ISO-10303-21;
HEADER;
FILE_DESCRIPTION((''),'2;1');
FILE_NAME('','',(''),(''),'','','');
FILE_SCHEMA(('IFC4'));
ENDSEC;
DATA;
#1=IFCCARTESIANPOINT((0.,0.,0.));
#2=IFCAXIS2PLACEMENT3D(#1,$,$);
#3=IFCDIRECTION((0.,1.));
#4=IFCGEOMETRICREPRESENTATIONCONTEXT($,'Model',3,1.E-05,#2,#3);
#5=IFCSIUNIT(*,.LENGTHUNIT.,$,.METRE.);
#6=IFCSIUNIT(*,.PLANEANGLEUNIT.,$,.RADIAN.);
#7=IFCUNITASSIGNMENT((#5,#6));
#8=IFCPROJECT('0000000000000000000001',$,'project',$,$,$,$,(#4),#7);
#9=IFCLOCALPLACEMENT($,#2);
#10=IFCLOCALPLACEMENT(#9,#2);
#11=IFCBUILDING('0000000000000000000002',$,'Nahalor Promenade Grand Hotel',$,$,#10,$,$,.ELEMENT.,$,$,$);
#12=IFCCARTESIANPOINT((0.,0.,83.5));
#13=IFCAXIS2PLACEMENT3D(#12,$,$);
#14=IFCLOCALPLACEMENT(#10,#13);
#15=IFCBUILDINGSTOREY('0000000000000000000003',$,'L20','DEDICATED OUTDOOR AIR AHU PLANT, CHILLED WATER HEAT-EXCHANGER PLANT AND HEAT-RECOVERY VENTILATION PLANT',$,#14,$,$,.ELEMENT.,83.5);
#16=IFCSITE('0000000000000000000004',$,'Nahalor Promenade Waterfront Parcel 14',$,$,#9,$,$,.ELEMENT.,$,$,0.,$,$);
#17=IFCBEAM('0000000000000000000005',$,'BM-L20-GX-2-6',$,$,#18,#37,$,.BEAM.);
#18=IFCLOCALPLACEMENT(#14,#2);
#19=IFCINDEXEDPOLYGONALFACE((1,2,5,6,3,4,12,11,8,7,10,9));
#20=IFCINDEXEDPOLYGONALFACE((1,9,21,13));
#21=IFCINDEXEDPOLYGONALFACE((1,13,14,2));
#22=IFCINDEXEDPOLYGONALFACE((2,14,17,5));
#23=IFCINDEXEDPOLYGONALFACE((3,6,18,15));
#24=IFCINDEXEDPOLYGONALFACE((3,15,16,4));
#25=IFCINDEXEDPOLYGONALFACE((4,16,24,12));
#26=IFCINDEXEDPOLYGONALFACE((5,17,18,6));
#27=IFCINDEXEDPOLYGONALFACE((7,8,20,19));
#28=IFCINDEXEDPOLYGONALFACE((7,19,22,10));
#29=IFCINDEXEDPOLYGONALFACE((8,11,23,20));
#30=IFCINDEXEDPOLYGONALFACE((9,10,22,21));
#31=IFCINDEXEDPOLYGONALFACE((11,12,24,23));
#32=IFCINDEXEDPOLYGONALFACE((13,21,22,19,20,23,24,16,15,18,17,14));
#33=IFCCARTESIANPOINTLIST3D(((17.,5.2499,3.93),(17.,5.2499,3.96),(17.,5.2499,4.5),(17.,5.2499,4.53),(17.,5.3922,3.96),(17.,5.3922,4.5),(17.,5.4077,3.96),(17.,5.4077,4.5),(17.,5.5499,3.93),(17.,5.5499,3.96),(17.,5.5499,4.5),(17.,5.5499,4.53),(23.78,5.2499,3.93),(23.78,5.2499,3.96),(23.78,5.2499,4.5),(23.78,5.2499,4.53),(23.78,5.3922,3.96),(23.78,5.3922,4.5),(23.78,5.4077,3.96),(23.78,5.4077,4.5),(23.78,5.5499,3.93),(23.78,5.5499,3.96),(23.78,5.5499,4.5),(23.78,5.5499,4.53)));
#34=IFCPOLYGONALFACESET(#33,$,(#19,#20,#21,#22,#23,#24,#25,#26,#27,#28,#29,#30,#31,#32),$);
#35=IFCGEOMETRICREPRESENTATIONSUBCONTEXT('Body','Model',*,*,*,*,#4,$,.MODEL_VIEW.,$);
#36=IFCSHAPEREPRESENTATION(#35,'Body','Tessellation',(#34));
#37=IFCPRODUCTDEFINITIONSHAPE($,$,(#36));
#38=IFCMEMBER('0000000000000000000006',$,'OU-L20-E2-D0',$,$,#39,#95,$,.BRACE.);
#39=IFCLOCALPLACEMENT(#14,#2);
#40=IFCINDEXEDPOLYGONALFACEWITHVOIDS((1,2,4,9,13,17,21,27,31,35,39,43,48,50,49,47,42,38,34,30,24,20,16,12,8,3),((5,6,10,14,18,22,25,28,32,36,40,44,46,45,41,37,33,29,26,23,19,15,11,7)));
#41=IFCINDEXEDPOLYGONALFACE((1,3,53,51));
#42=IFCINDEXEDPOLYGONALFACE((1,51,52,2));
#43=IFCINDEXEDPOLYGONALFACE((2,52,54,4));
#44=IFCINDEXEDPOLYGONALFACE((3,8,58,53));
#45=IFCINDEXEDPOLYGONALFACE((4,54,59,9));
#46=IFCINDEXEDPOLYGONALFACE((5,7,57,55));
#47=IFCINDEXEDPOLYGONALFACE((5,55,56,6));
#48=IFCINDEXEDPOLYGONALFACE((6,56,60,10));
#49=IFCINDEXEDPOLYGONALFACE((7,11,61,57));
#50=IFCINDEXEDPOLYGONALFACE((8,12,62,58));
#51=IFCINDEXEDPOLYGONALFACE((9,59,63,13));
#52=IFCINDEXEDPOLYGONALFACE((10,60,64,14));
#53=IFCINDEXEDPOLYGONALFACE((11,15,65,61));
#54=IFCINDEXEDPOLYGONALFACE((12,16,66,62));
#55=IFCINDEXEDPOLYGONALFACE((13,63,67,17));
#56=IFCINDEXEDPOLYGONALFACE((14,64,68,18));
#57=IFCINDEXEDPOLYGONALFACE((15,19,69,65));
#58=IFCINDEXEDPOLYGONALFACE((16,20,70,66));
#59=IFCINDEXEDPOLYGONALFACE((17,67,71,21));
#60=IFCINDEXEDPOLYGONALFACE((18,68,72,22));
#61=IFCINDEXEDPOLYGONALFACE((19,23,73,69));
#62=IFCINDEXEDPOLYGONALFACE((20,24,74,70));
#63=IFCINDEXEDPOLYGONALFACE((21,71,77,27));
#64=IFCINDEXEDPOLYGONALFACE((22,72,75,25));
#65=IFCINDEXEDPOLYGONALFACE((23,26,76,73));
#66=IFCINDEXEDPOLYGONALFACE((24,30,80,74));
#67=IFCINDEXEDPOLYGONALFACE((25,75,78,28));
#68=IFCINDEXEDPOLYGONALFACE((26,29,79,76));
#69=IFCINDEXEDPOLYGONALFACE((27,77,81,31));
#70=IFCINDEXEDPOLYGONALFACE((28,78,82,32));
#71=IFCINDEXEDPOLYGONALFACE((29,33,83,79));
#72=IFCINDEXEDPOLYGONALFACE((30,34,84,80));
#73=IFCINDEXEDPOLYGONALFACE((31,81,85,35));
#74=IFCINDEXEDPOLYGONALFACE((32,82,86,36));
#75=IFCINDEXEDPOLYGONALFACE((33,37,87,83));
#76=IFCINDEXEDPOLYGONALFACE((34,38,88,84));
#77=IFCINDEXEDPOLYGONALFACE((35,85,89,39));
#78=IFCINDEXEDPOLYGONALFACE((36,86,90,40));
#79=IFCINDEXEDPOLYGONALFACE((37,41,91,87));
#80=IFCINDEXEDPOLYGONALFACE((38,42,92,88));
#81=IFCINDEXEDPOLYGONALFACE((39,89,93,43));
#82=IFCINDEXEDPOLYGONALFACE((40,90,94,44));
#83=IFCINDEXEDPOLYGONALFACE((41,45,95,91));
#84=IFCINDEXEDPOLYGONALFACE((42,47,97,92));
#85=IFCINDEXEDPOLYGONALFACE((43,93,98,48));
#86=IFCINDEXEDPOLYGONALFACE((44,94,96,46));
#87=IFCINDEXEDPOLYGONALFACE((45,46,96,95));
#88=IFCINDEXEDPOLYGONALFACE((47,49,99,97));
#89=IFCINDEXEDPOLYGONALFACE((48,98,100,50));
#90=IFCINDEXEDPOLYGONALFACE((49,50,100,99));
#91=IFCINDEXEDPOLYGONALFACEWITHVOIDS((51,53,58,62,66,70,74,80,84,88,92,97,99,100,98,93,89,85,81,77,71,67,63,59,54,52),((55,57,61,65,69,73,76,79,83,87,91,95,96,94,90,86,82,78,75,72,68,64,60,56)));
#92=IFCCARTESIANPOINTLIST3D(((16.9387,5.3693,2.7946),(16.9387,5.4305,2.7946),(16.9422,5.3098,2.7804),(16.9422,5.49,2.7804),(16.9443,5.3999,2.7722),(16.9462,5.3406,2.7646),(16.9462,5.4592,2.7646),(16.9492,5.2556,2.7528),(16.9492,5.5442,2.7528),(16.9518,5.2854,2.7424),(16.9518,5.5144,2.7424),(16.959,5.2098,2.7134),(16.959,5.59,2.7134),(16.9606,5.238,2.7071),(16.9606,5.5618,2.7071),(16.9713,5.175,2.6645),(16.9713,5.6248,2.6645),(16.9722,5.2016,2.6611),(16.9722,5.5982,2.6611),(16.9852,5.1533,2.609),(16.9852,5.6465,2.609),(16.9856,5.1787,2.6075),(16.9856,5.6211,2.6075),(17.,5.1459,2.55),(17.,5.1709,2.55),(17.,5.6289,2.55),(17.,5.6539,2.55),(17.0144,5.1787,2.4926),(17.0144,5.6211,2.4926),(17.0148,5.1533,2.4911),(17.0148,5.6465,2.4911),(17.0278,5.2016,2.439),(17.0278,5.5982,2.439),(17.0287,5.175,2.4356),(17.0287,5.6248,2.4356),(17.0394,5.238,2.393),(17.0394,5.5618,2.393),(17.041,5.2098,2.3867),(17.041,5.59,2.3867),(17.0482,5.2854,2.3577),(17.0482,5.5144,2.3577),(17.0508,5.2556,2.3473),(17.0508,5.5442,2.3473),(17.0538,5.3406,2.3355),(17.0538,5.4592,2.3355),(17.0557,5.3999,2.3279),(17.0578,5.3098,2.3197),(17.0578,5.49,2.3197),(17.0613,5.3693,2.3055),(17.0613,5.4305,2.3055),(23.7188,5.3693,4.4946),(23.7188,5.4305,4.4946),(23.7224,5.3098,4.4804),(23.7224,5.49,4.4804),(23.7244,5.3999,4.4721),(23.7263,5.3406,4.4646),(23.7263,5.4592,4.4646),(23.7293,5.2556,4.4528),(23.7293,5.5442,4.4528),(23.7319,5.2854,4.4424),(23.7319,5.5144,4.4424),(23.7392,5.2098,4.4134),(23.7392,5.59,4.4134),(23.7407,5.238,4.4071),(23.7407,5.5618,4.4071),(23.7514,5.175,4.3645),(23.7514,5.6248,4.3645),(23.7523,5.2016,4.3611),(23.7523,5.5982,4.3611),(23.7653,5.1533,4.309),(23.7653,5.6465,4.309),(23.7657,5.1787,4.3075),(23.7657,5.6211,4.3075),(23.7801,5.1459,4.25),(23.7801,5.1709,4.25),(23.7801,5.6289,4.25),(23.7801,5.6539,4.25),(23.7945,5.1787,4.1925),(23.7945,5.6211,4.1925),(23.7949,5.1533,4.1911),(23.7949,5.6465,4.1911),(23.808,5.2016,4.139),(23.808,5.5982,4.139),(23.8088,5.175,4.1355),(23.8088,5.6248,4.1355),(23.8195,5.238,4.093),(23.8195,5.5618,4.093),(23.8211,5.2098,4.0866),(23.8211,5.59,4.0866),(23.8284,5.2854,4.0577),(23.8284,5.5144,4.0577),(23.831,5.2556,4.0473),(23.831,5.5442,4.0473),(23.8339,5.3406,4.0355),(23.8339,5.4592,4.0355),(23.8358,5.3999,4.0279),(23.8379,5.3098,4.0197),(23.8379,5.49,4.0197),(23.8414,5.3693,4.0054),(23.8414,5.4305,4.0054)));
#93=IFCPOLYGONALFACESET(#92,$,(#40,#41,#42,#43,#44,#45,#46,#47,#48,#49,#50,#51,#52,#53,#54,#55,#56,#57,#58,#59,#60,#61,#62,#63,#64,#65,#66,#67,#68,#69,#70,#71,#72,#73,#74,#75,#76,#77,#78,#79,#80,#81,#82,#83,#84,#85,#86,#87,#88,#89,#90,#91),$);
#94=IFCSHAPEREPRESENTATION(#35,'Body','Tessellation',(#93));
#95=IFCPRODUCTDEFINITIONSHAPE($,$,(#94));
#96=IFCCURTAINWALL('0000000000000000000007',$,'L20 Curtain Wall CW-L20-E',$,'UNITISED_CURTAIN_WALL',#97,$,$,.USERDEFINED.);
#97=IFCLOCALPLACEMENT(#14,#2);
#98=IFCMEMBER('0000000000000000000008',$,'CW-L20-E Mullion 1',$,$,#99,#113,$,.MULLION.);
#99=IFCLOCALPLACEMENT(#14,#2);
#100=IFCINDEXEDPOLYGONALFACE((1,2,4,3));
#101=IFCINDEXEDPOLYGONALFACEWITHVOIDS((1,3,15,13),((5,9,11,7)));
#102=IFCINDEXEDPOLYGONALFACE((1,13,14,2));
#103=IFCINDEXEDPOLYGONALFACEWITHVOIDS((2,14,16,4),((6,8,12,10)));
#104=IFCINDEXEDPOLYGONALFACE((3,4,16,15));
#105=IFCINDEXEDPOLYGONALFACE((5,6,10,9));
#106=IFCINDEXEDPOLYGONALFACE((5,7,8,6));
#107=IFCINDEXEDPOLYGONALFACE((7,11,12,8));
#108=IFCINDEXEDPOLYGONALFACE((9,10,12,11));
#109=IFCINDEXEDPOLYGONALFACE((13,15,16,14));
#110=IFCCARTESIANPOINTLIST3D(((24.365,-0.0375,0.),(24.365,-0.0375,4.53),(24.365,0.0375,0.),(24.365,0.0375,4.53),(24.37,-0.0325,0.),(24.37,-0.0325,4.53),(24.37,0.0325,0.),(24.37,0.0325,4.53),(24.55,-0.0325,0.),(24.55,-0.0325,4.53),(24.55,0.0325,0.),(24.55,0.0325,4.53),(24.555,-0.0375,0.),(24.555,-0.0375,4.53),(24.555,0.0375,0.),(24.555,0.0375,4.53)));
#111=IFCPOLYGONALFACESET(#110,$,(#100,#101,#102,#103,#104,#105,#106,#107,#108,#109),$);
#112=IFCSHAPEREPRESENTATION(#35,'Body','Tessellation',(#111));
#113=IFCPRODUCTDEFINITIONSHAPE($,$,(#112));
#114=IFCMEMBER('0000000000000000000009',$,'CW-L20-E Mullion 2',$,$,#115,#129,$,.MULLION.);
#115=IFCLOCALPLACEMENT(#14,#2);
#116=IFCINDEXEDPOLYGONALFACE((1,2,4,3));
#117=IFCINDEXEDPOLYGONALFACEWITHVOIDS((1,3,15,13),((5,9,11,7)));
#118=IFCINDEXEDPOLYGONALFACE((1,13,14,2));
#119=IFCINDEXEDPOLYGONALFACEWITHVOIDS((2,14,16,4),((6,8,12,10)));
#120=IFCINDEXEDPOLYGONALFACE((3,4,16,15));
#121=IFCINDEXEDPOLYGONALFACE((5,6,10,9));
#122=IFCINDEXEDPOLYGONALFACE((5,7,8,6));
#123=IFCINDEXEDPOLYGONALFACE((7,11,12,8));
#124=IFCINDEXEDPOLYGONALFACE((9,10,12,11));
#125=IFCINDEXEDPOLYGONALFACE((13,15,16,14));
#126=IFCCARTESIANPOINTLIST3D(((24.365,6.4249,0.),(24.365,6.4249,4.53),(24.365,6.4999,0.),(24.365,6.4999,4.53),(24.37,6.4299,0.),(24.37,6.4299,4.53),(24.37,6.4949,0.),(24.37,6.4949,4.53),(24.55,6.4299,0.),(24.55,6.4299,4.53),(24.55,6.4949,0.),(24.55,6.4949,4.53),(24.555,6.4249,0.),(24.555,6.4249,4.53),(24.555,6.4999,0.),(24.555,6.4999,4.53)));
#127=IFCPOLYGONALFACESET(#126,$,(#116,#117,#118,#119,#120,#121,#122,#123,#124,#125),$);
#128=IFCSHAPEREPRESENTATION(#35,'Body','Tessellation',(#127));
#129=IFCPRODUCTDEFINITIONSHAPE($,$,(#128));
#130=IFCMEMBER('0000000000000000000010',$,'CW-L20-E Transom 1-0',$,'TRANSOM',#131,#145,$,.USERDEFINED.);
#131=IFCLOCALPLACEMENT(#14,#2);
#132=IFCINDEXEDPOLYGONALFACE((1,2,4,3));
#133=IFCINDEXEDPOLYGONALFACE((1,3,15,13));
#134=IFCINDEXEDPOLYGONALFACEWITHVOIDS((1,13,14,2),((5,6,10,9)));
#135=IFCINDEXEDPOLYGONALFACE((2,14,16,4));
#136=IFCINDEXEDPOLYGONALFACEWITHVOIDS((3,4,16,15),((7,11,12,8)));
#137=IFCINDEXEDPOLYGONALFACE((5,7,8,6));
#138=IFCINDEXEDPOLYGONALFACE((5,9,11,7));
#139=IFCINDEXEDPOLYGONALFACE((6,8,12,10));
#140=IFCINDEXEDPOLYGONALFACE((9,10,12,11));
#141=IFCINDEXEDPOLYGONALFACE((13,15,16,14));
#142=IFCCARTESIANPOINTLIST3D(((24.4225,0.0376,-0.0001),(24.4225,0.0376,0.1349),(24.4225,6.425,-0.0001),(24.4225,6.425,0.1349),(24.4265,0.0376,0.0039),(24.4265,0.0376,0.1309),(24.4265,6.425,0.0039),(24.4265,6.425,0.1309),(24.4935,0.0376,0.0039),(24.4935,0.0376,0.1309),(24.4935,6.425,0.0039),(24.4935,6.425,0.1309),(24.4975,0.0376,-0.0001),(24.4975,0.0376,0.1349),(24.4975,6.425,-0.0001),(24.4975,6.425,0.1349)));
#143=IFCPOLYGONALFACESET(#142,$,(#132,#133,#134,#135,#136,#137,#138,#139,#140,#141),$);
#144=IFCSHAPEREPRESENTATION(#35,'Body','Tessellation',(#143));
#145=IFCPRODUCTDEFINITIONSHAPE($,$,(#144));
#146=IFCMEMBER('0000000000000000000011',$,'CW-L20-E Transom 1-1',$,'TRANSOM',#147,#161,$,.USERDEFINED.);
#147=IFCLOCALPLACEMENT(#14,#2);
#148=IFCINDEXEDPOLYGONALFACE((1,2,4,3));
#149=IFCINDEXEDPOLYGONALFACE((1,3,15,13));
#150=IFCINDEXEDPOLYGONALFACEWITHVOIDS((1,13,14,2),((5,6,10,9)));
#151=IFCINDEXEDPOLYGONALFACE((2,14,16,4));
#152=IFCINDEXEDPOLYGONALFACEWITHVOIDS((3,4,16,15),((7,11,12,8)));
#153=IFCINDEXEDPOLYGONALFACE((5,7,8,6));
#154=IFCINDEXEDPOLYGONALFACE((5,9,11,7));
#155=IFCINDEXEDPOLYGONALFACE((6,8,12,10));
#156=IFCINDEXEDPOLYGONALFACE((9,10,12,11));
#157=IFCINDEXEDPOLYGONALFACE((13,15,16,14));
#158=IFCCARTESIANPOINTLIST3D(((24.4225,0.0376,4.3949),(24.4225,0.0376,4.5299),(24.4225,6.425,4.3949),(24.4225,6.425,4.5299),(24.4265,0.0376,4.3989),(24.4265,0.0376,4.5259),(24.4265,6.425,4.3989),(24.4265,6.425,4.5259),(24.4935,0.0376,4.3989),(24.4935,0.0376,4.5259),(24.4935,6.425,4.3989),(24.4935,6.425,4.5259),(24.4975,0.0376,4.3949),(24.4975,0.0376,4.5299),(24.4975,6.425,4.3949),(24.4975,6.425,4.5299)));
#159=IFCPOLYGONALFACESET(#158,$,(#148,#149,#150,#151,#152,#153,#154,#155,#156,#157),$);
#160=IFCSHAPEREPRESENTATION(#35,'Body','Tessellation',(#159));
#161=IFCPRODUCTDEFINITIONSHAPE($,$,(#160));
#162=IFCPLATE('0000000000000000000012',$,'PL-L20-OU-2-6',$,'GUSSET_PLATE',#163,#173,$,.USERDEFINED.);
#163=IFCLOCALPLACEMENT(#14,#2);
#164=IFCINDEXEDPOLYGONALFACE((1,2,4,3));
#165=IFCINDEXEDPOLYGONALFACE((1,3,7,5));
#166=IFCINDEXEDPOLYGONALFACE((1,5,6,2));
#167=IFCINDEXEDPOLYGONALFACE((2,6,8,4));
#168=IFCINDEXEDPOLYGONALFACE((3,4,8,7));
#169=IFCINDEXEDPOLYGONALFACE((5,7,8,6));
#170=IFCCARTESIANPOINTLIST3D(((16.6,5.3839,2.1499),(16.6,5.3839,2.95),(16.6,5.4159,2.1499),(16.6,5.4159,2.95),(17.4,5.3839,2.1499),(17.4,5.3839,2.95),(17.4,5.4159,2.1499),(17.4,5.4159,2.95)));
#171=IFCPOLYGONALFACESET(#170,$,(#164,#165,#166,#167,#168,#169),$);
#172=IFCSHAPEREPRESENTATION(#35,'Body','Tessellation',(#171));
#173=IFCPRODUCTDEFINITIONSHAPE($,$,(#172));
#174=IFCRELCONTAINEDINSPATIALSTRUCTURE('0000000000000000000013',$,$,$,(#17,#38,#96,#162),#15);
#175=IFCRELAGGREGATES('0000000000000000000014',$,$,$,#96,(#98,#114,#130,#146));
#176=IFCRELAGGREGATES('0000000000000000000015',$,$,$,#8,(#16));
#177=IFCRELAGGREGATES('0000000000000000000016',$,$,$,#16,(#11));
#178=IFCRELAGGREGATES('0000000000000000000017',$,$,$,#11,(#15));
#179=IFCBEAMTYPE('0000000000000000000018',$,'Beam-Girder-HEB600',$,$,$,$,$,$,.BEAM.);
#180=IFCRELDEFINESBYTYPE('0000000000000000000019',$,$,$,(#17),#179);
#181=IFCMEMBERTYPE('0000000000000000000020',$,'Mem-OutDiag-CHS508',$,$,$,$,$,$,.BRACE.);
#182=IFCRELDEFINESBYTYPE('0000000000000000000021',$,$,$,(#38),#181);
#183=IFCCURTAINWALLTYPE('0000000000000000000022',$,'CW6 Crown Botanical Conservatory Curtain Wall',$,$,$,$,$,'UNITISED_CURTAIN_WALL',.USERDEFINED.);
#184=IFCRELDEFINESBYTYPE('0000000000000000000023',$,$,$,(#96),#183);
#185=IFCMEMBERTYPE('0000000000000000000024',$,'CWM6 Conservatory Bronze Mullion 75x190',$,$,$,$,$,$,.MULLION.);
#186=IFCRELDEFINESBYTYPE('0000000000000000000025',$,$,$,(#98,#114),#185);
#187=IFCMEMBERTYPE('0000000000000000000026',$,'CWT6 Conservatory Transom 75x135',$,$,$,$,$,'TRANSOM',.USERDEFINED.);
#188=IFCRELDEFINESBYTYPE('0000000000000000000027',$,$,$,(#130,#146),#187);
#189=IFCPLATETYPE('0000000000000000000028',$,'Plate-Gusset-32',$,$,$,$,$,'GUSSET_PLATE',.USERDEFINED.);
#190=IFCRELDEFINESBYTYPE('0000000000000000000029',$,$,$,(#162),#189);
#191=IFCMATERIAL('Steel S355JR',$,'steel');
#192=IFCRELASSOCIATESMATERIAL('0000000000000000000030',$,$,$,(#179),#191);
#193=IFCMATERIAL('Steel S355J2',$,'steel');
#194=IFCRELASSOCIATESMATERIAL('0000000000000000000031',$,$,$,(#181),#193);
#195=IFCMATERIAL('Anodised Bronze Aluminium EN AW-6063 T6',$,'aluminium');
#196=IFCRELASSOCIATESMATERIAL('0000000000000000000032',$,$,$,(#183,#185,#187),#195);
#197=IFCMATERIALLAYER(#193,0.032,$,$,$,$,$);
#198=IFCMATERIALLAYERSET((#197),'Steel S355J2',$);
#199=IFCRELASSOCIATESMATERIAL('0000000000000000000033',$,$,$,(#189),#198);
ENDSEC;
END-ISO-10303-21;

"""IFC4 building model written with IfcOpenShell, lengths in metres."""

from ifc_helpers import new_model, si_unit, direction, frame, origin, origin_2d, place, context, subcontext, project, spatial, rectangle, hollow_rectangle, hollow_circle, i_section, extrude, source, transform, mapped, material, layer, layer_set, material_profile, profile_set, type_object, element, aggregate, save


model = new_model("IFC4")

# Units and contexts
model_context = context("Model", 3, precision=1e-05, world=origin(), true_north=direction((0.0, 1.0)))
body_context = subcontext(model_context, "Body", "Model", "MODEL_VIEW")
ifc_project = project(units=[si_unit("LENGTHUNIT", "METRE"), si_unit("PLANEANGLEUNIT", "RADIAN")], contexts=[model_context])

# Site, building, storey
site_placement = place(None, origin())
site = spatial("IfcSite", under=ifc_project, at=site_placement, Name="Nahalor Promenade Waterfront Parcel 14", CompositionType="ELEMENT", RefElevation=0.0)
building_placement = place(site_placement, origin())
building = spatial("IfcBuilding", under=site, at=building_placement, Name="Nahalor Promenade Grand Hotel", CompositionType="ELEMENT")
storey_placement = place(building_placement, frame((0.0, 0.0, 83.5)))
storey = spatial("IfcBuildingStorey", under=building, at=storey_placement, Name="L20", Description="DEDICATED OUTDOOR AIR AHU PLANT, CHILLED WATER HEAT-EXCHANGER PLANT AND HEAT-RECOVERY VENTILATION PLANT", CompositionType="ELEMENT", Elevation=83.5)

# Shared definitions
ifc_material_1 = material(Name="Steel S355J2", Category="steel")

# Beam
ifc_material_2 = material(Name="Steel S355JR", Category="steel")
ifc_material_profile_1 = material_profile(ifc_material_2, i_section(OverallWidth=0.3, OverallDepth=0.6, WebThickness=0.0155, FlangeThickness=0.03, at=origin_2d()), Name="HEB 600")
ifc_profile_set_1 = profile_set([ifc_material_profile_1], Name="Steel S355JR")
beam_type_1 = type_object("IfcBeamType", Name="Beam-Girder-HEB600", PredefinedType="BEAM", material=ifc_profile_set_1)
shared_shape_1 = source(origin(), body_context, "Body", "SweptSolid", [
    extrude(i_section(OverallWidth=0.3, OverallDepth=0.6, WebThickness=0.0155, FlangeThickness=0.03, at=origin_2d()), origin(), (0.0, 0.0, 1.0), 6.78),
])
beam_1_placement = place(storey_placement, frame((17.0, 5.3999, 4.23), z_axis=(1.0, 0.0, 0.0), x_axis=(0.0, 1.0, 0.0)))
element("IfcBeam", 1, at=beam_1_placement, inside=storey, type_object=beam_type_1, Name="BM-L20-GX-2-6", PredefinedType="BEAM", context=body_context, shape_type="MappedRepresentation", body=[
    mapped(shared_shape_1, transform((0.0, 0.0, 0.0), scale=1.0)),
])

# Member
ifc_material_profile_2 = material_profile(ifc_material_1, hollow_circle(Radius=0.254, WallThickness=0.025, at=origin_2d()), Name="CHS 508x25")
ifc_profile_set_2 = profile_set([ifc_material_profile_2], Name="Steel S355J2")
member_type_1 = type_object("IfcMemberType", Name="Mem-OutDiag-CHS508", PredefinedType="BRACE", material=ifc_profile_set_2)
shared_shape_2 = source(origin(), body_context, "Body", "SweptSolid", [
    extrude(hollow_circle(Radius=0.254, WallThickness=0.025, at=origin_2d()), origin(), (0.0, 0.0, 1.0), 6.99),
])
member_1_placement = place(storey_placement, frame((17.0, 5.3999, 2.55), z_axis=(0.969976, 0.0, 0.243201), x_axis=(0.0, 1.0, 0.0)))
element("IfcMember", 2, at=member_1_placement, inside=storey, type_object=member_type_1, Name="OU-L20-E2-D0", PredefinedType="BRACE", context=body_context, shape_type="MappedRepresentation", body=[
    mapped(shared_shape_2, transform((0.0, 0.0, 0.0), scale=1.0)),
])

# Curtain wall, members
ifc_material_3 = material(Name="Anodised Bronze Aluminium EN AW-6063 T6", Category="aluminium")
curtain_wall_type = type_object("IfcCurtainWallType", Name="CW6 Crown Botanical Conservatory Curtain Wall", ElementType="UNITISED_CURTAIN_WALL", PredefinedType="USERDEFINED", material=ifc_material_3)
curtain_wall_placement = place(storey_placement, origin())
curtain_wall = element("IfcCurtainWall", 3, at=curtain_wall_placement, inside=storey, type_object=curtain_wall_type, Name="L20 Curtain Wall CW-L20-E", ObjectType="UNITISED_CURTAIN_WALL", PredefinedType="USERDEFINED")
ifc_material_profile_3 = material_profile(ifc_material_3, hollow_rectangle(XDim=0.075, YDim=0.19, WallThickness=0.005, at=origin_2d()), Name="CWM 75x190x5")
ifc_profile_set_3 = profile_set([ifc_material_profile_3], Name="Anodised Bronze Aluminium EN AW-6063 T6")
member_type_2 = type_object("IfcMemberType", Name="CWM6 Conservatory Bronze Mullion 75x190", PredefinedType="MULLION", material=ifc_profile_set_3)
shared_shape_3 = source(origin(), body_context, "Body", "SweptSolid", [
    extrude(hollow_rectangle(XDim=0.075, YDim=0.19, WallThickness=0.005, at=origin_2d()), origin(), (0.0, 0.0, 1.0), 4.53),
])
member_2_placement = place(storey_placement, frame((24.46, 0.0, 0.0), z_axis=(0.0, 0.0, 1.0), x_axis=(0.0, 1.0, 0.0)))
member_2 = element("IfcMember", 4, at=member_2_placement, type_object=member_type_2, Name="CW-L20-E Mullion 1", PredefinedType="MULLION", context=body_context, shape_type="MappedRepresentation", body=[
    mapped(shared_shape_3, transform((0.0, 0.0, 0.0), scale=1.0)),
])
member_3_placement = place(storey_placement, frame((24.46, 6.4624, 0.0), z_axis=(0.0, 0.0, 1.0), x_axis=(0.0, 1.0, 0.0)))
member_3 = element("IfcMember", 5, at=member_3_placement, type_object=member_type_2, Name="CW-L20-E Mullion 2", PredefinedType="MULLION", context=body_context, shape_type="MappedRepresentation", body=[
    mapped(shared_shape_3, transform((0.0, 0.0, 0.0), scale=1.0)),
])
ifc_material_profile_4 = material_profile(ifc_material_3, hollow_rectangle(XDim=0.075, YDim=0.135, WallThickness=0.004, at=origin_2d()), Name="CWT 75x135x4")
ifc_profile_set_4 = profile_set([ifc_material_profile_4], Name="Anodised Bronze Aluminium EN AW-6063 T6")
member_type_3 = type_object("IfcMemberType", Name="CWT6 Conservatory Transom 75x135", ElementType="TRANSOM", PredefinedType="USERDEFINED", material=ifc_profile_set_4)
shared_shape_4 = source(origin(), body_context, "Body", "SweptSolid", [
    extrude(hollow_rectangle(XDim=0.075, YDim=0.135, WallThickness=0.004, at=origin_2d()), origin(), (0.0, 0.0, 1.0), 6.3875),
])
member_4_placement = place(storey_placement, frame((24.46, 0.0376, 0.0674), z_axis=(0.0, 1.0, 0.0), x_axis=(-1.0, 0.0, 0.0)))
member_4 = element("IfcMember", 6, at=member_4_placement, type_object=member_type_3, Name="CW-L20-E Transom 1-0", ObjectType="TRANSOM", PredefinedType="USERDEFINED", context=body_context, shape_type="MappedRepresentation", body=[
    mapped(shared_shape_4, transform((0.0, 0.0, 0.0), scale=1.0)),
])
member_5_placement = place(storey_placement, frame((24.46, 0.0376, 4.4624), z_axis=(0.0, 1.0, 0.0), x_axis=(-1.0, 0.0, 0.0)))
member_5 = element("IfcMember", 7, at=member_5_placement, type_object=member_type_3, Name="CW-L20-E Transom 1-1", ObjectType="TRANSOM", PredefinedType="USERDEFINED", context=body_context, shape_type="MappedRepresentation", body=[
    mapped(shared_shape_4, transform((0.0, 0.0, 0.0), scale=1.0)),
])

# Plate
ifc_layer_1 = layer(ifc_material_1, 0.032)
ifc_layer_set_1 = layer_set([ifc_layer_1], Name="Steel S355J2")
plate_type_1 = type_object("IfcPlateType", Name="Plate-Gusset-32", ElementType="GUSSET_PLATE", PredefinedType="USERDEFINED", material=ifc_layer_set_1)
shared_shape_5 = source(origin(), body_context, "Body", "SweptSolid", [
    extrude(rectangle(XDim=0.8, YDim=0.032, at=origin_2d()), origin(), (0.0, 0.0, 1.0), 0.8),
])
plate_1_placement = place(storey_placement, frame((17.0, 5.3999, 2.1499), z_axis=(0.0, 0.0, 1.0), x_axis=(1.0, 0.0, 0.0)))
element("IfcPlate", 8, at=plate_1_placement, inside=storey, type_object=plate_type_1, Name="PL-L20-OU-2-6", ObjectType="GUSSET_PLATE", PredefinedType="USERDEFINED", context=body_context, shape_type="MappedRepresentation", body=[
    mapped(shared_shape_5, transform((0.0, 0.0, 0.0), scale=1.0)),
])

aggregate(curtain_wall, [member_2, member_3, member_4, member_5])

save(model, "model.ifc")
